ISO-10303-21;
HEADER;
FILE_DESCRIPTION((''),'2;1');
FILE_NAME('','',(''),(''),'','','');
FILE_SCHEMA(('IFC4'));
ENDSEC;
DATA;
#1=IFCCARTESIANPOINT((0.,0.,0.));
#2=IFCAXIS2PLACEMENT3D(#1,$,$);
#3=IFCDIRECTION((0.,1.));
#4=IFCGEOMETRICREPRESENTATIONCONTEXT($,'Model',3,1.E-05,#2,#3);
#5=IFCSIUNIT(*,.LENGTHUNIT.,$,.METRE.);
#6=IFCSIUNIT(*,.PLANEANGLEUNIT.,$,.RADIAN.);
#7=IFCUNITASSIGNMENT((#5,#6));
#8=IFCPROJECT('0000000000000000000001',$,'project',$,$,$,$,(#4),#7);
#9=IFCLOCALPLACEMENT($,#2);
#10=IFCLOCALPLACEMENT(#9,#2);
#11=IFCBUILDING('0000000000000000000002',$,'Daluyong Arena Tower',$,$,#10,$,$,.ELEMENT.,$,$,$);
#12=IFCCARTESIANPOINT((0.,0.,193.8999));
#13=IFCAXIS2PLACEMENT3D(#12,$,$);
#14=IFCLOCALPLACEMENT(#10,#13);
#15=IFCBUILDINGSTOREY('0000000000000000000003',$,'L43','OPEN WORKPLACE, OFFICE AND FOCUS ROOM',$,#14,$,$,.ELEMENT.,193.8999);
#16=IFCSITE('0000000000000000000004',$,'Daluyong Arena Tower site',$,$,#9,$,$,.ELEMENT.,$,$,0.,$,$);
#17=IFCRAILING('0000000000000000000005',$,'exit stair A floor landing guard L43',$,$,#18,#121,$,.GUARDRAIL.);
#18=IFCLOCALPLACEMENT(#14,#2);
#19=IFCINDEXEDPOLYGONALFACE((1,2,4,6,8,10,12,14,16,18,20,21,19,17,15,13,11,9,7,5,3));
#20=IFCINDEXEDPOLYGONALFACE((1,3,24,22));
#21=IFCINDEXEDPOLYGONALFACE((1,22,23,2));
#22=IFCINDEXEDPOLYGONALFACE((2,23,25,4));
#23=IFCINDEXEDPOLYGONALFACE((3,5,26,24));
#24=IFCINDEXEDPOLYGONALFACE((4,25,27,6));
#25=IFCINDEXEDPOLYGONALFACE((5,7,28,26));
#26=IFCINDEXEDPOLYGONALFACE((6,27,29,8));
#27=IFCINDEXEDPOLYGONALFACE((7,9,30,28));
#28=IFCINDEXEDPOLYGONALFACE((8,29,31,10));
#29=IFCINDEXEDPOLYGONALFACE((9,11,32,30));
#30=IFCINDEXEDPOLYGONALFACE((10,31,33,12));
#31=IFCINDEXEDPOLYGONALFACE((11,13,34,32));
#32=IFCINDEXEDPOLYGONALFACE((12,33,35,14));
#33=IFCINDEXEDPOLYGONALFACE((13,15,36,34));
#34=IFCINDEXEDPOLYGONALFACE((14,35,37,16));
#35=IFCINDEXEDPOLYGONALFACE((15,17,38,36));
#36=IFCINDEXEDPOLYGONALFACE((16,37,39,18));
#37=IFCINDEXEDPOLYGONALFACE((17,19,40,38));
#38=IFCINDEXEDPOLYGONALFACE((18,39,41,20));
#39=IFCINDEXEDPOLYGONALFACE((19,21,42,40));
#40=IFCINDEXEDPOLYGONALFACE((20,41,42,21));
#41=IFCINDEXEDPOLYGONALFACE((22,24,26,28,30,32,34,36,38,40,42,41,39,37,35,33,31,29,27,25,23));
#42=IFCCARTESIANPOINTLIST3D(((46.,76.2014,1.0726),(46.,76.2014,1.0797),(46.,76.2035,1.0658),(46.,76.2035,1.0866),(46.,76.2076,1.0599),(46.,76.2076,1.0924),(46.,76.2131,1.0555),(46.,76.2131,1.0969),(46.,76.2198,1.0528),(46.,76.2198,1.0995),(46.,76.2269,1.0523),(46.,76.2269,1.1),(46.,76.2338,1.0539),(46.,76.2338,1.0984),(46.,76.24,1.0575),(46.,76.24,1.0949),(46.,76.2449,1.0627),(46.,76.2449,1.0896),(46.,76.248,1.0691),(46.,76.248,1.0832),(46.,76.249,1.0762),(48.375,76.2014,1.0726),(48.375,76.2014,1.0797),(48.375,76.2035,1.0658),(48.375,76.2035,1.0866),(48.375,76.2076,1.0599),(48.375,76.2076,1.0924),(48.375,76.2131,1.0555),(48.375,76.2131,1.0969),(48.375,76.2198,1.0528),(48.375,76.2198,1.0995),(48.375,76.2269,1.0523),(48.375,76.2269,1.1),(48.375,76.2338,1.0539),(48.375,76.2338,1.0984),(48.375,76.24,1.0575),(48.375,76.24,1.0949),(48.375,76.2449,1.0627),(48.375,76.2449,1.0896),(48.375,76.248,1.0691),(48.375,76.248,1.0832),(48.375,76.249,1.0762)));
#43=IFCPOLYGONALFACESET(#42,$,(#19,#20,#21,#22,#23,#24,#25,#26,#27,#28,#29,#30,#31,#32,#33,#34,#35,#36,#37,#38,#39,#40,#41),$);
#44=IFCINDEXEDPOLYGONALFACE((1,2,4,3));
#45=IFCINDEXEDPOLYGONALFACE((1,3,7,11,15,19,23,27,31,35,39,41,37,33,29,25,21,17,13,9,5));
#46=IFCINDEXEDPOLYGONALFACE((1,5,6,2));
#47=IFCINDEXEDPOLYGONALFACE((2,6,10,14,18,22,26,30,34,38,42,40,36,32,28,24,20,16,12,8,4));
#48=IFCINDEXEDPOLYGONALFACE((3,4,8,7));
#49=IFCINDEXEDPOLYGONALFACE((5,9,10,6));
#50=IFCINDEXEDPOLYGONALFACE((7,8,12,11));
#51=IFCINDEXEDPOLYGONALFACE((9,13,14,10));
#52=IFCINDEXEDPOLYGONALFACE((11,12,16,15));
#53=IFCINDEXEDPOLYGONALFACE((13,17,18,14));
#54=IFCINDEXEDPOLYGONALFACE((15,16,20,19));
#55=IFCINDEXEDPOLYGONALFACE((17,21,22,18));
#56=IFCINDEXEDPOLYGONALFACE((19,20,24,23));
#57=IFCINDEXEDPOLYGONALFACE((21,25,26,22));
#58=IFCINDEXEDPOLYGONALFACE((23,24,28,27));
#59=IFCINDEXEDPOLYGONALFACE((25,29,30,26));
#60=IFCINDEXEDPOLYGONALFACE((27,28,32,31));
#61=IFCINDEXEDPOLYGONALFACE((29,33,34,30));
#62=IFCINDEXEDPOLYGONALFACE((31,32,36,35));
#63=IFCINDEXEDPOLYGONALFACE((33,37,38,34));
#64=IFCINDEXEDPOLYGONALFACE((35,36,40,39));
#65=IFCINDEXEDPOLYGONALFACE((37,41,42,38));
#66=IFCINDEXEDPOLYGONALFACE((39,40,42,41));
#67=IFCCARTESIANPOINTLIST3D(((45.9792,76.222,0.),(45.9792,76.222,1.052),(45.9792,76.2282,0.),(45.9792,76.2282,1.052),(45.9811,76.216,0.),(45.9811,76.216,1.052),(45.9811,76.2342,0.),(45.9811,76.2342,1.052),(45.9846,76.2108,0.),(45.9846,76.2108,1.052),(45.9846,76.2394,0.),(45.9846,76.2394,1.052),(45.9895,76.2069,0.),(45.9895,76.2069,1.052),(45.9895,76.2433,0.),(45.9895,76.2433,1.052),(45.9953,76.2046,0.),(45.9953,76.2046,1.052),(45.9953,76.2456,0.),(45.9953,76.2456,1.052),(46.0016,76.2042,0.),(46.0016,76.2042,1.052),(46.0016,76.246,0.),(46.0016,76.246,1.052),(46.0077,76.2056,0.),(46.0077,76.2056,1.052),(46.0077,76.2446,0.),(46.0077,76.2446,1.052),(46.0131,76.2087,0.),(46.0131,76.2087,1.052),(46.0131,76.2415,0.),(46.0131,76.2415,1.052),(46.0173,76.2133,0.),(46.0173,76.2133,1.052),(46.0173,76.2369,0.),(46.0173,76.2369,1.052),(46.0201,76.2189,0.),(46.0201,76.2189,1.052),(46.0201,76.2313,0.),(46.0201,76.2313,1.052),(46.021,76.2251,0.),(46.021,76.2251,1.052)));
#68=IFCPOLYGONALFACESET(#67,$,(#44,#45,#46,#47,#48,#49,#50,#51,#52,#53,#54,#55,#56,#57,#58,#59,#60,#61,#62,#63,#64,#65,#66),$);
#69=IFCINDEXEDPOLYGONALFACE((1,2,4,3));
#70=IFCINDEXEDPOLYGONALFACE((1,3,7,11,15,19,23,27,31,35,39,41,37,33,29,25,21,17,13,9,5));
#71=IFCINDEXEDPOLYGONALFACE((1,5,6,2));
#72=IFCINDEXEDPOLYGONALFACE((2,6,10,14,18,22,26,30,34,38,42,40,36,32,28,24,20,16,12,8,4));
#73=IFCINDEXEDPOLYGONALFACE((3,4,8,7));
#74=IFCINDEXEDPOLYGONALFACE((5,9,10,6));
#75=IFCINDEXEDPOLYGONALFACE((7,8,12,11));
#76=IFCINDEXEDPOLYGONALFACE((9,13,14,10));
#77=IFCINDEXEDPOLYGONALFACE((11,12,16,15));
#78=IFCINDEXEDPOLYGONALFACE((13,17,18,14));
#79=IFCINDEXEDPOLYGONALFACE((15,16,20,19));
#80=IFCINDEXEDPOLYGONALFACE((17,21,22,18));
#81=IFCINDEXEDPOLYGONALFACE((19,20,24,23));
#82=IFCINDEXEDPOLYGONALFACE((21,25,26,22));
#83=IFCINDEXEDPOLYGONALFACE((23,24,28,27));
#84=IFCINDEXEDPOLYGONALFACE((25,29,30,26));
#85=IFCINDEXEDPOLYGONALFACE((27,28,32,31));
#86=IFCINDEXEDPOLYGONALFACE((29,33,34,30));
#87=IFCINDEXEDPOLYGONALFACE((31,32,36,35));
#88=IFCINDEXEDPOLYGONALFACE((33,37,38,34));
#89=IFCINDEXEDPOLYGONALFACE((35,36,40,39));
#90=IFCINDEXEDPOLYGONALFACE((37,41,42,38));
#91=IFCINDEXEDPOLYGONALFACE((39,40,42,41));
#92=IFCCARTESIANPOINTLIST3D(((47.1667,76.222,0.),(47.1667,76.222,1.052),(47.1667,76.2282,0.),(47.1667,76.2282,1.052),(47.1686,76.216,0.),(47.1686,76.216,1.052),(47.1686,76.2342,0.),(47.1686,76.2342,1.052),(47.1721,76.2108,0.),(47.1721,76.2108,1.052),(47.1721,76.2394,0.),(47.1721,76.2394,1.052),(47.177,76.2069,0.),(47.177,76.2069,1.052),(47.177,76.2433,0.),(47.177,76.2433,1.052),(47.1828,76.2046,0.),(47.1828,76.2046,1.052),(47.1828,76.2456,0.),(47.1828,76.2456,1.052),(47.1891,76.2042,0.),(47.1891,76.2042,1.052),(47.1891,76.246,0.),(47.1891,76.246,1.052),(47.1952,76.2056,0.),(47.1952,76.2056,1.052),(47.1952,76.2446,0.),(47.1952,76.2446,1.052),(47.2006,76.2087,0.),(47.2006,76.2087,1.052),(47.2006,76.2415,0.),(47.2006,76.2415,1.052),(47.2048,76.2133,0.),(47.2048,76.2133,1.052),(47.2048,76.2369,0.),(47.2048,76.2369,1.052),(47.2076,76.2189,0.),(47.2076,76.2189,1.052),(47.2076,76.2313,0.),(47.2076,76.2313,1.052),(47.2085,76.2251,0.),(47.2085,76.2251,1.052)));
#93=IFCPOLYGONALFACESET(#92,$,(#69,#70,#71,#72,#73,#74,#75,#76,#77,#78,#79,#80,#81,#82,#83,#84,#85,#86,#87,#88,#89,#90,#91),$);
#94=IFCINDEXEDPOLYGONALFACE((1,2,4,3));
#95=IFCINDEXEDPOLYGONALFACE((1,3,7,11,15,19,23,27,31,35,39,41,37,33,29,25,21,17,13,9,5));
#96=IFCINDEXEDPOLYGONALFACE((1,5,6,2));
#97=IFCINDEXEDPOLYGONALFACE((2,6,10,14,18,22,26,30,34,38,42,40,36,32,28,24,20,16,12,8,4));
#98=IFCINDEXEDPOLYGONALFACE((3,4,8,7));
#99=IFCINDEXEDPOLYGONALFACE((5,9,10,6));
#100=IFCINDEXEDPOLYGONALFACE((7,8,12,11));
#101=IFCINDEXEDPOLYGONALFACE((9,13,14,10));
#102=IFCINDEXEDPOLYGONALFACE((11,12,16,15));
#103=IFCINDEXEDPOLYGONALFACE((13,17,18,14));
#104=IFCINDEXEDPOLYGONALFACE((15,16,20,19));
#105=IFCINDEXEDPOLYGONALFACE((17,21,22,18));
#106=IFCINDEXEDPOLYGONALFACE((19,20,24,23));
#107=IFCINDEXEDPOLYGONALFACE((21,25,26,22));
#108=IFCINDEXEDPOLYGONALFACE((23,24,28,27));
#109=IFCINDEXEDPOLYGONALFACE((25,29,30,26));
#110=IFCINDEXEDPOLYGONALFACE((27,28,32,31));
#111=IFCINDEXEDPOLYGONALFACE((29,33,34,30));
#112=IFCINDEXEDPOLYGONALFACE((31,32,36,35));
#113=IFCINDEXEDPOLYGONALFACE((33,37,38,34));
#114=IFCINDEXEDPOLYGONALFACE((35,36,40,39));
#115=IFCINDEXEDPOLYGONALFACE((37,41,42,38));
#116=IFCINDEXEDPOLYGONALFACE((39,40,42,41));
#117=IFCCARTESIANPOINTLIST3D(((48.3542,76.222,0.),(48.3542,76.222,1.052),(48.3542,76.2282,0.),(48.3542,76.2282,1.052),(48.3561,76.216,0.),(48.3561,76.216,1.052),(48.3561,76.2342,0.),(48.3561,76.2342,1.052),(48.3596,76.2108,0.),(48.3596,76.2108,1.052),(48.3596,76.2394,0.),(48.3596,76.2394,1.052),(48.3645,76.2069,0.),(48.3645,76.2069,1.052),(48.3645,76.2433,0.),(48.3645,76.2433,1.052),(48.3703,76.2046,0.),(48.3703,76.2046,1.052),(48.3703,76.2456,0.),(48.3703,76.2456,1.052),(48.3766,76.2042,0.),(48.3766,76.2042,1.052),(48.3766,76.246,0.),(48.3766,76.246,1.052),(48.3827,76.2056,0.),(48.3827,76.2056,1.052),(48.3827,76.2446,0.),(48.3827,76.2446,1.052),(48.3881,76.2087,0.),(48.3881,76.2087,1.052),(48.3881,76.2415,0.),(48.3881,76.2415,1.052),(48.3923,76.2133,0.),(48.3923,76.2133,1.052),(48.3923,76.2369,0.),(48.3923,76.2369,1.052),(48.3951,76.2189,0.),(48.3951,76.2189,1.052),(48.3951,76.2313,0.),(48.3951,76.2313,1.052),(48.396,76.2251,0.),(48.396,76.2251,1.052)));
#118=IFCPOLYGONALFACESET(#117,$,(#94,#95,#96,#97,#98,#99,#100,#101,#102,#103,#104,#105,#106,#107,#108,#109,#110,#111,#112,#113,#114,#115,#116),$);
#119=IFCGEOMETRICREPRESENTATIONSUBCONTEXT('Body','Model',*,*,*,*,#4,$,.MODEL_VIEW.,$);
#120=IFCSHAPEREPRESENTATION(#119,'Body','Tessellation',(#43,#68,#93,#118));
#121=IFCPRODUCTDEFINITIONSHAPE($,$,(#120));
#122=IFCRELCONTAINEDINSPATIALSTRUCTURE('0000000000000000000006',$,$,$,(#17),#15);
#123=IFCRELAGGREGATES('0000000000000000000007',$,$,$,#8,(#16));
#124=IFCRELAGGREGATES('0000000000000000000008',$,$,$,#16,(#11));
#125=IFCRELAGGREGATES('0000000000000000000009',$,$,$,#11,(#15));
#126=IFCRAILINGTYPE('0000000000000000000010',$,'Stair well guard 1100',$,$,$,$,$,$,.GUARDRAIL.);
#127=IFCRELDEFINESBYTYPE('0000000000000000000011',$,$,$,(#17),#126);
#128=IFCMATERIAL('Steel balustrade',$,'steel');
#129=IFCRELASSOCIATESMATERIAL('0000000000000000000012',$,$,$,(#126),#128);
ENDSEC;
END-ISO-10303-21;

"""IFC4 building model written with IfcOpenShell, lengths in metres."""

from ifc_helpers import new_model, si_unit, direction, frame, origin, origin_2d, place, context, subcontext, project, spatial, circle, extrude, material, type_object, element, save


model = new_model("IFC4")

# Units and contexts
model_context = context("Model", 3, precision=1e-05, world=origin(), true_north=direction((0.0, 1.0)))
body_context = subcontext(model_context, "Body", "Model", "MODEL_VIEW")
ifc_project = project(units=[si_unit("LENGTHUNIT", "METRE"), si_unit("PLANEANGLEUNIT", "RADIAN")], contexts=[model_context])

# Site, building, storey
site_placement = place(None, origin())
site = spatial("IfcSite", under=ifc_project, at=site_placement, Name="Daluyong Arena Tower site", CompositionType="ELEMENT", RefElevation=0.0)
building_placement = place(site_placement, origin())
building = spatial("IfcBuilding", under=site, at=building_placement, Name="Daluyong Arena Tower", CompositionType="ELEMENT")
storey_placement = place(building_placement, frame((0.0, 0.0, 193.8999)))
storey = spatial("IfcBuildingStorey", under=building, at=storey_placement, Name="L43", Description="OPEN WORKPLACE, OFFICE AND FOCUS ROOM", CompositionType="ELEMENT", Elevation=193.8999)

# Railing
ifc_material_1 = material(Name="Steel balustrade", Category="steel")
railing_type = type_object("IfcRailingType", Name="Stair well guard 1100", PredefinedType="GUARDRAIL", material=ifc_material_1)
railing_placement = place(storey_placement, frame((46.0, 76.2251, 0.0)))
element("IfcRailing", 1, at=railing_placement, inside=storey, type_object=railing_type, Name="exit stair A floor landing guard L43", PredefinedType="GUARDRAIL", context=body_context, shape_type="SweptSolid", body=[
    extrude(circle(Radius=0.0239, at=origin_2d()), frame((0.0, 0.0, 1.0762), z_axis=(1.0, 0.0, 0.0), x_axis=(0.0, 1.0, 0.0)), (0.0, 0.0, 1.0), 2.375),
    extrude(circle(Radius=0.021, at=origin_2d()), origin(), (0.0, 0.0, 1.0), 1.052),
    extrude(circle(Radius=0.021, at=origin_2d()), frame((1.1875, 0.0, 0.0)), (0.0, 0.0, 1.0), 1.052),
    extrude(circle(Radius=0.021, at=origin_2d()), frame((2.375, 0.0, 0.0)), (0.0, 0.0, 1.0), 1.052),
])

save(model, "model.ifc")
